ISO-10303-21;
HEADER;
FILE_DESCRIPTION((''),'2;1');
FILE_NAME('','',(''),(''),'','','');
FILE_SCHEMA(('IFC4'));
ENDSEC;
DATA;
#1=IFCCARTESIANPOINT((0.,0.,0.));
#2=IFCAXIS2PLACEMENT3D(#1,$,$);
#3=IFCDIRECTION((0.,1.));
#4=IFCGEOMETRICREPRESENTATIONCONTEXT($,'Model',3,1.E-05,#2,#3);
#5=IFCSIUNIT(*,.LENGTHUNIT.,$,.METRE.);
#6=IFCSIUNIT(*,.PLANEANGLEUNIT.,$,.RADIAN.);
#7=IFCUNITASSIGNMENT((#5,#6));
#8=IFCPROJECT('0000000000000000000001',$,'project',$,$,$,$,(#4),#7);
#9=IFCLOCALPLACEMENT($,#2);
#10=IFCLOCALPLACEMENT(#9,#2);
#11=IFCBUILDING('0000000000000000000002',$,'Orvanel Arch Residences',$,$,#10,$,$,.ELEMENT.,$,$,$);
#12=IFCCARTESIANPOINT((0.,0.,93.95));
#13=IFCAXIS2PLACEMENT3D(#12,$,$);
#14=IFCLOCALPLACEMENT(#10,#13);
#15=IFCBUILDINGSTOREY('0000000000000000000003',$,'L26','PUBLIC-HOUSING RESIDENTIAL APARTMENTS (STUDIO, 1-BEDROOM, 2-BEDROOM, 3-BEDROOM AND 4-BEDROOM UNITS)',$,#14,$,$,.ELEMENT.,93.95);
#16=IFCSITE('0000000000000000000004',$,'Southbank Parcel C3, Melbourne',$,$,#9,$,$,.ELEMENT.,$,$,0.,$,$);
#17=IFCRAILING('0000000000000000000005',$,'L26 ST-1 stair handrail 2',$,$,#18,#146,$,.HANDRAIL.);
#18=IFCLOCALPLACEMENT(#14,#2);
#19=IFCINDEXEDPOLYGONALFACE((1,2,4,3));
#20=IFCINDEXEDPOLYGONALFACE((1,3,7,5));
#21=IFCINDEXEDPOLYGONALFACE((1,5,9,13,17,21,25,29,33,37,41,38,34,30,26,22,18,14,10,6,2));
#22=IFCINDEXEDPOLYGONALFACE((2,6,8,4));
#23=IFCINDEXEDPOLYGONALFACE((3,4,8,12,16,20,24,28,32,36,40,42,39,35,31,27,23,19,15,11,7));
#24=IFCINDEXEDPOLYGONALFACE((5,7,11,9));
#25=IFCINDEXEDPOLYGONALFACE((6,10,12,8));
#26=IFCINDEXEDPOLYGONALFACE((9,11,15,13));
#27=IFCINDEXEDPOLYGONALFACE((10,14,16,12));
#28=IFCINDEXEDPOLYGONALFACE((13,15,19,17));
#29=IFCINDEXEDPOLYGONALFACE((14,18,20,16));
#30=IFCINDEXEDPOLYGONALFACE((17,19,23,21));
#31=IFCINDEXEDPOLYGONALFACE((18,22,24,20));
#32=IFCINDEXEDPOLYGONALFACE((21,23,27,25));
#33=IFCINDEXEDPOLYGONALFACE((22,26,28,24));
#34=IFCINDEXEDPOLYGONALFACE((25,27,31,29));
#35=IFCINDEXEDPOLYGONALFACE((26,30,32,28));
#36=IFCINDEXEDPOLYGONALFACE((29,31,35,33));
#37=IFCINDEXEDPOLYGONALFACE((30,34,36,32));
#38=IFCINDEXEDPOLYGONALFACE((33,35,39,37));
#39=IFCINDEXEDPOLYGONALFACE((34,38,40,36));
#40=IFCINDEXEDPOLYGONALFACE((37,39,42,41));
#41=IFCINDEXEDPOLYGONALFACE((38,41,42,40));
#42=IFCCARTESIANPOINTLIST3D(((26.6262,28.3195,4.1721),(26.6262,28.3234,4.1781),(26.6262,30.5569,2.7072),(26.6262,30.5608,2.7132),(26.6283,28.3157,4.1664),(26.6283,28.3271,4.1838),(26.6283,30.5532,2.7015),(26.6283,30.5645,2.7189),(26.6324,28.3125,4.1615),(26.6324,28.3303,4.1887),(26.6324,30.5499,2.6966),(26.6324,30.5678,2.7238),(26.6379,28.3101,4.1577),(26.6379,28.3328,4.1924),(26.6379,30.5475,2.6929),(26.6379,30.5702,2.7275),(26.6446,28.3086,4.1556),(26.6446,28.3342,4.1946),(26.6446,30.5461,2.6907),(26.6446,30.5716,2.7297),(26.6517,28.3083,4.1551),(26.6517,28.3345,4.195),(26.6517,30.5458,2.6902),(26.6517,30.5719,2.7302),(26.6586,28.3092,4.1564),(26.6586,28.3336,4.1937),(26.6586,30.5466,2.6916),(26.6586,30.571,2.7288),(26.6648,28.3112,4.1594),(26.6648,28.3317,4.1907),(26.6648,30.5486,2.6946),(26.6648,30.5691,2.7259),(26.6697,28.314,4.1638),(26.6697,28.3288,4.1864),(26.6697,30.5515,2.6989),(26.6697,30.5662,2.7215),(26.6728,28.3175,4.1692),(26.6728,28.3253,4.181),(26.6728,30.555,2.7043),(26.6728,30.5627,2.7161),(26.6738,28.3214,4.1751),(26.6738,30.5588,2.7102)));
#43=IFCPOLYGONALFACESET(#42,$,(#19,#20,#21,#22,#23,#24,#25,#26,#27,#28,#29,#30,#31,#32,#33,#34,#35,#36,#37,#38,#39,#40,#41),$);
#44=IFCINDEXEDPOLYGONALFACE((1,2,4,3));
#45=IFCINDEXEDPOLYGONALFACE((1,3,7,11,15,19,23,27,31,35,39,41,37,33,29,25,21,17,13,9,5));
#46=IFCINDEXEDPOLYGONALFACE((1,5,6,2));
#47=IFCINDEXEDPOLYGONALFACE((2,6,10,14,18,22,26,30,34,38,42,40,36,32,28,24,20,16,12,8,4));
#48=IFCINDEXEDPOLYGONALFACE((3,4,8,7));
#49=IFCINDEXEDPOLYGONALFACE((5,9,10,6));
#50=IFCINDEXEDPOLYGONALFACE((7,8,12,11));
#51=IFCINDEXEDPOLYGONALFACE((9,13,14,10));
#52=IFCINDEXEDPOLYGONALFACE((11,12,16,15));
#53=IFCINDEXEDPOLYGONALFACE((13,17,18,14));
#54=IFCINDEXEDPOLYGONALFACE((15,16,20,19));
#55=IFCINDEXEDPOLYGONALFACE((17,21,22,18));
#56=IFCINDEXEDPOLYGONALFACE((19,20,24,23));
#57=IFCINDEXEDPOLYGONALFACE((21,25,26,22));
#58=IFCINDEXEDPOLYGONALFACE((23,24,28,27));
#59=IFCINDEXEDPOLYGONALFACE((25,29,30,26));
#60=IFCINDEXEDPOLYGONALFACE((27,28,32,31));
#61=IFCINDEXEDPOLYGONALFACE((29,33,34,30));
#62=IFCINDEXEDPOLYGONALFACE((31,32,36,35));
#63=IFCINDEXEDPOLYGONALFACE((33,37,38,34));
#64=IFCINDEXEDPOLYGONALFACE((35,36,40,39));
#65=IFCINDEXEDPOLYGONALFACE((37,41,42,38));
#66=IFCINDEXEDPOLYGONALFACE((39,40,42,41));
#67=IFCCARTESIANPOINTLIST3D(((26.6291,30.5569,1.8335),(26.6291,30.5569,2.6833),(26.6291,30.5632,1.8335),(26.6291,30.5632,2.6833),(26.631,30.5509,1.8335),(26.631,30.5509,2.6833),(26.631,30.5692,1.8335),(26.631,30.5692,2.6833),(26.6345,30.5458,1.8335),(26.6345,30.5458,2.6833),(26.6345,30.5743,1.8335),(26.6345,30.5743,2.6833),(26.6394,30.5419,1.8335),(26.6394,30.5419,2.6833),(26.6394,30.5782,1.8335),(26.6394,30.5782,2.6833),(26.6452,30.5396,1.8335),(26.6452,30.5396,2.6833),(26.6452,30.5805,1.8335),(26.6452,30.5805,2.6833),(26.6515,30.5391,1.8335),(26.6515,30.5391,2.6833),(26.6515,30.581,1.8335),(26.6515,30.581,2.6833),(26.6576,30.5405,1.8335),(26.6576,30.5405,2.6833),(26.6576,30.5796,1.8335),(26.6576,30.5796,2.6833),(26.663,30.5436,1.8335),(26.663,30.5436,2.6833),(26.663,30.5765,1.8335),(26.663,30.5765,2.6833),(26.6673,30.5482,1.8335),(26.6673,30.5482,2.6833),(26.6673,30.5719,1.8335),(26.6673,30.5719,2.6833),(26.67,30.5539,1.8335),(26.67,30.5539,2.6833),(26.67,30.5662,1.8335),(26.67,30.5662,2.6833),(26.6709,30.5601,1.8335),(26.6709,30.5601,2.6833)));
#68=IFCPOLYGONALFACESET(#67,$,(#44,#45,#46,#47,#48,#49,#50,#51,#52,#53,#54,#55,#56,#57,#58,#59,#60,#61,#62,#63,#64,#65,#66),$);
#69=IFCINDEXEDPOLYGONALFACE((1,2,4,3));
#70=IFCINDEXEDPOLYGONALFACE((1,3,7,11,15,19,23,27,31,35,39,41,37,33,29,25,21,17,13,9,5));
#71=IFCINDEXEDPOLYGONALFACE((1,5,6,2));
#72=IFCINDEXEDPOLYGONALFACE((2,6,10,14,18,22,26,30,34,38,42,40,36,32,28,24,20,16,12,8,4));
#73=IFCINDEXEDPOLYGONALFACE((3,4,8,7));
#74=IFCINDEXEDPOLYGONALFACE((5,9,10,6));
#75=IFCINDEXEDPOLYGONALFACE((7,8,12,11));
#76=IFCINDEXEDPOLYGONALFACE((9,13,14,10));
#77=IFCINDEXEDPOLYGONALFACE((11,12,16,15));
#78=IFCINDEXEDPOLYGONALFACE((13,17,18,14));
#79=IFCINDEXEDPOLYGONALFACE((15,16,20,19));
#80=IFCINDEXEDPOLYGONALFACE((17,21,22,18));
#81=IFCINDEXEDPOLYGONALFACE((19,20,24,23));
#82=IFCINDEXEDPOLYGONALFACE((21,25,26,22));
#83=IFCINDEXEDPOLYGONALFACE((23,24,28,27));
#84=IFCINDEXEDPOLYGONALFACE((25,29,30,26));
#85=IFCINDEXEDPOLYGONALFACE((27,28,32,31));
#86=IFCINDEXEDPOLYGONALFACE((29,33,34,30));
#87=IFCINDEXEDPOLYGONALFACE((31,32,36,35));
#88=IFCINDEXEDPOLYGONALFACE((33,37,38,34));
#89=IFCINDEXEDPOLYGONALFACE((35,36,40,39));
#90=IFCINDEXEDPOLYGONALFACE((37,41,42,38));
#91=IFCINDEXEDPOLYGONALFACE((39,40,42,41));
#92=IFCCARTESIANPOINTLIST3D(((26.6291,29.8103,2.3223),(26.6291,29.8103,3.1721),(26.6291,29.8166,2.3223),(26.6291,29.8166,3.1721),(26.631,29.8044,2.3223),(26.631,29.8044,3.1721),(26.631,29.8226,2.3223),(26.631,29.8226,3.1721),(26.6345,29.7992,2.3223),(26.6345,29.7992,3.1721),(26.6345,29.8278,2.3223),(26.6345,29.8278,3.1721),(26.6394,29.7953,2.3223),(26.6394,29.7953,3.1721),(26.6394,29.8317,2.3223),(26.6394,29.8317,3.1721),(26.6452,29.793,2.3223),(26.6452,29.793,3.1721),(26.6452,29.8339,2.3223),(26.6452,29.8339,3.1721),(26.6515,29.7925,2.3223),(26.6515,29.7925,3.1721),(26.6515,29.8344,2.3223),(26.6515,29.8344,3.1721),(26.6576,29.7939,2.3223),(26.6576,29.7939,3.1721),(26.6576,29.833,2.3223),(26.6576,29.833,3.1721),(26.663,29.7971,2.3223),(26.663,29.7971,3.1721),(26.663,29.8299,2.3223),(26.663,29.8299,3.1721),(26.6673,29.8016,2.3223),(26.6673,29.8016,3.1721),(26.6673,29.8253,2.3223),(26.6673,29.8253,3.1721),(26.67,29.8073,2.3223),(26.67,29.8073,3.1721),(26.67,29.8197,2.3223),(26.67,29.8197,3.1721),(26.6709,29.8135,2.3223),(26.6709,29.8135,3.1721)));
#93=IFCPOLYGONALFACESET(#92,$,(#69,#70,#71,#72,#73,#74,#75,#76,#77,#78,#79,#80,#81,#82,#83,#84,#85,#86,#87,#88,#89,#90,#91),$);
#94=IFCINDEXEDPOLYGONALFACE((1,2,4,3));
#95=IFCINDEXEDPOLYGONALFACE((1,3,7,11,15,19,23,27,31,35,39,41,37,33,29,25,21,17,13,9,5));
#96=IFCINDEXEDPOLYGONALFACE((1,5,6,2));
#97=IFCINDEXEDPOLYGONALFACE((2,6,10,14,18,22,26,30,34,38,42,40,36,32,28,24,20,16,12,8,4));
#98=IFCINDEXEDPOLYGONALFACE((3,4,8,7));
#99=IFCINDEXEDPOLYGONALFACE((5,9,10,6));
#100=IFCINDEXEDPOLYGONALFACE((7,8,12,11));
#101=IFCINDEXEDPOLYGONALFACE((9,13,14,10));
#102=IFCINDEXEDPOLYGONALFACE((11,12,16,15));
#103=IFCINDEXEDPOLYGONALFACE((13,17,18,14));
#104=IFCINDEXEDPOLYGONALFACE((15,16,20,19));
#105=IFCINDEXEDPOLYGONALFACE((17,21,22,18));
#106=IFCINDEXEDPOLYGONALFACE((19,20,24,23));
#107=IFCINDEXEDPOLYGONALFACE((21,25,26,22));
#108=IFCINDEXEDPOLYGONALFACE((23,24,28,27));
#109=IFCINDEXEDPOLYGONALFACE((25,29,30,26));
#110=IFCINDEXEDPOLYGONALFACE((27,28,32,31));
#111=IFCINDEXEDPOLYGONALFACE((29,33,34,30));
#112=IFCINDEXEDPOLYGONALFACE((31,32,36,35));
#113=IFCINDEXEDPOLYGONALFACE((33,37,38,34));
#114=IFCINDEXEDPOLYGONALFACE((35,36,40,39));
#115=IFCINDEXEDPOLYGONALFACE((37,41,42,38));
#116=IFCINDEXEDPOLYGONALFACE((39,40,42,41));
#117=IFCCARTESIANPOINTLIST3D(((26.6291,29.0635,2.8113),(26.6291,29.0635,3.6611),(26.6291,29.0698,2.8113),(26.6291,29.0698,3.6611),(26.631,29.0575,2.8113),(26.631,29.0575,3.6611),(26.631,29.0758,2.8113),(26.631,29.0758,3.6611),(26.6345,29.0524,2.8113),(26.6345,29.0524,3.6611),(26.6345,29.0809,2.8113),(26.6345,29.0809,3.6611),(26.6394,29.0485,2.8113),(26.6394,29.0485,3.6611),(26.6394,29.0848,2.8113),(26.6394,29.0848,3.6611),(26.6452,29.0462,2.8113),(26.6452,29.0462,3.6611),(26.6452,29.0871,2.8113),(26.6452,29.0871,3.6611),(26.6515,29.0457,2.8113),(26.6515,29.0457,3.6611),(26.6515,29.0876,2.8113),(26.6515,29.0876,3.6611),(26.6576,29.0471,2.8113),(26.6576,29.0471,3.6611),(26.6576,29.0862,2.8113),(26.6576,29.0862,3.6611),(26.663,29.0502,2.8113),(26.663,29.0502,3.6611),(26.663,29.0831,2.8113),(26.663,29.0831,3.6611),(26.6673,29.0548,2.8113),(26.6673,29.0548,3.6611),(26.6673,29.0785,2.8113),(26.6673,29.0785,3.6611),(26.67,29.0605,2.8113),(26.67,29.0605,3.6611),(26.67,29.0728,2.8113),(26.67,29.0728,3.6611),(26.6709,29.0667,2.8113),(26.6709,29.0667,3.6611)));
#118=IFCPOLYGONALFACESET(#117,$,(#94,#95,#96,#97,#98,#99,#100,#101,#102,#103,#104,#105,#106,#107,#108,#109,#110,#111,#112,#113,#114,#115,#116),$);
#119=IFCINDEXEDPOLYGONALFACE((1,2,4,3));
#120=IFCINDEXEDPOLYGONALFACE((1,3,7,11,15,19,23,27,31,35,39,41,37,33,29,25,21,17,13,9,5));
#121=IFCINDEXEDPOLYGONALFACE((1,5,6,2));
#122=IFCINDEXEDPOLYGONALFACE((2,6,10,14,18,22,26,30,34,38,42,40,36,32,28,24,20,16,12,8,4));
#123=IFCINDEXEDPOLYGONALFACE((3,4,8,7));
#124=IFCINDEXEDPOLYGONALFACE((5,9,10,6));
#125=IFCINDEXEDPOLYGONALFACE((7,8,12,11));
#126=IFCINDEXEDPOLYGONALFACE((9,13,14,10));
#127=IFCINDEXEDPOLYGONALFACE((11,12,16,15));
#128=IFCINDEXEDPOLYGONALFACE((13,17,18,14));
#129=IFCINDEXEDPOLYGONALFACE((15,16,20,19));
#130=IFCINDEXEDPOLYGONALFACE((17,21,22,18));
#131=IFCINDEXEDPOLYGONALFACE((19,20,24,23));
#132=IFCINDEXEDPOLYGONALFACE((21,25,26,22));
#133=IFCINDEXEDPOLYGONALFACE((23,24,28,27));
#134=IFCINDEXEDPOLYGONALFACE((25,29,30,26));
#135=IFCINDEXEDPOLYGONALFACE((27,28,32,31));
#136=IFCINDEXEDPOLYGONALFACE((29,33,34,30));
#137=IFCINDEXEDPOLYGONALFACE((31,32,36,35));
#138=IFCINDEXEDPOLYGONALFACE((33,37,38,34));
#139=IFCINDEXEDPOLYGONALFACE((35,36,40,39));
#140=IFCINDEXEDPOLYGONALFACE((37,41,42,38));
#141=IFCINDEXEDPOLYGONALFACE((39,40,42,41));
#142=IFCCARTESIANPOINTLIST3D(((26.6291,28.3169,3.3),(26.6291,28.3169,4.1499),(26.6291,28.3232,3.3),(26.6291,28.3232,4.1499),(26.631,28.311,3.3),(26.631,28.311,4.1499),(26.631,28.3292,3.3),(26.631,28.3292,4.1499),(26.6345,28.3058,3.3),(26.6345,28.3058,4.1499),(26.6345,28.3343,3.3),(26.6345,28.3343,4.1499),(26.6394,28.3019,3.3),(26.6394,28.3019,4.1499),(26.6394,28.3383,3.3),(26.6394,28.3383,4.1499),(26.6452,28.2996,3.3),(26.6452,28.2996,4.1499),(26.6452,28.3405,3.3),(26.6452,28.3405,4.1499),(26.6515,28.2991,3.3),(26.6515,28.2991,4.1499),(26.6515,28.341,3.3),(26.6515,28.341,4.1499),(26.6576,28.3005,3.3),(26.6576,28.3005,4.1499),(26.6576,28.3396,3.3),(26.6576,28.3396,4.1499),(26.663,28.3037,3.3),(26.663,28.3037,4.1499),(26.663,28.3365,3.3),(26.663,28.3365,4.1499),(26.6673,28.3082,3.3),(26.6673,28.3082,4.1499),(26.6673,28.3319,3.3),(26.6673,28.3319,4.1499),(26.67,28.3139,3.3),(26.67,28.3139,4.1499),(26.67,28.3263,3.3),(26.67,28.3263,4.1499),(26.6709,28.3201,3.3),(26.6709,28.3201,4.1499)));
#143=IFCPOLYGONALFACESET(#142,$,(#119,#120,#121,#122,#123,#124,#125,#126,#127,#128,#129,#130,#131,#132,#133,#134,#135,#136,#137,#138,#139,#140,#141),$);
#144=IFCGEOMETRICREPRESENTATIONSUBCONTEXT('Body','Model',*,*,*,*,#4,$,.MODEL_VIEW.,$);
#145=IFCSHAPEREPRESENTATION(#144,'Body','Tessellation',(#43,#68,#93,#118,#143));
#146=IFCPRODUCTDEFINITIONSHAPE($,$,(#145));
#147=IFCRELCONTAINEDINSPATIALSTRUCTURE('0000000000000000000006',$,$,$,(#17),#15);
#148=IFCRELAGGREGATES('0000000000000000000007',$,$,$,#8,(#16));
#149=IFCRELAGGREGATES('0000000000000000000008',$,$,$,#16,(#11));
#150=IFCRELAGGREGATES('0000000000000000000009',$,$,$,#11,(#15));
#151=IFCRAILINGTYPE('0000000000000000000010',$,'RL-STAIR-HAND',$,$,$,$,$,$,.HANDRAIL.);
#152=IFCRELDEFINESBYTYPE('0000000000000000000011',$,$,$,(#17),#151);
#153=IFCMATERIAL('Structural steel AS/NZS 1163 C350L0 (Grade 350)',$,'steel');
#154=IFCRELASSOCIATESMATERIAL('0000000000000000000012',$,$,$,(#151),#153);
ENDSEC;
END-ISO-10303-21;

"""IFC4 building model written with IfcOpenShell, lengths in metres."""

from ifc_helpers import new_model, si_unit, direction, frame, origin, origin_2d, place, context, subcontext, project, spatial, circle, extrude, material, type_object, element, save


model = new_model("IFC4")

# Units and contexts
model_context = context("Model", 3, precision=1e-05, world=origin(), true_north=direction((0.0, 1.0)))
body_context = subcontext(model_context, "Body", "Model", "MODEL_VIEW")
ifc_project = project(units=[si_unit("LENGTHUNIT", "METRE"), si_unit("PLANEANGLEUNIT", "RADIAN")], contexts=[model_context])

# Site, building, storey
site_placement = place(None, origin())
site = spatial("IfcSite", under=ifc_project, at=site_placement, Name="Southbank Parcel C3, Melbourne", CompositionType="ELEMENT", RefElevation=0.0)
building_placement = place(site_placement, origin())
building = spatial("IfcBuilding", under=site, at=building_placement, Name="Orvanel Arch Residences", CompositionType="ELEMENT")
storey_placement = place(building_placement, frame((0.0, 0.0, 93.95)))
storey = spatial("IfcBuildingStorey", under=building, at=storey_placement, Name="L26", Description="PUBLIC-HOUSING RESIDENTIAL APARTMENTS (STUDIO, 1-BEDROOM, 2-BEDROOM, 3-BEDROOM AND 4-BEDROOM UNITS)", CompositionType="ELEMENT", Elevation=93.95)

# Railing
ifc_material_1 = material(Name="Structural steel AS/NZS 1163 C350L0 (Grade 350)", Category="steel")
railing_type_1 = type_object("IfcRailingType", Name="RL-STAIR-HAND", PredefinedType="HANDRAIL", material=ifc_material_1)
railing_1_placement = place(storey_placement, frame((26.6499, 30.5601, 1.8335)))
element("IfcRailing", 1, at=railing_1_placement, inside=storey, type_object=railing_type_1, Name="L26 ST-1 stair handrail 2", PredefinedType="HANDRAIL", context=body_context, shape_type="SweptSolid", body=[
    extrude(circle(Radius=0.0239, at=origin_2d()), frame((0.0, -0.0012, 0.8767), z_axis=(0.0, -0.836637, 0.547758), x_axis=(1.0, 0.0, 0.0)), (0.0, 0.0, 1.0), 2.6743),
    extrude(circle(Radius=0.021, at=origin_2d()), origin(), (0.0, 0.0, 1.0), 0.8499),
    extrude(circle(Radius=0.021, at=origin_2d()), frame((0.0, -0.7466, 0.4888)), (0.0, 0.0, 1.0), 0.8499),
    extrude(circle(Radius=0.021, at=origin_2d()), frame((0.0, -1.4934, 0.9778)), (0.0, 0.0, 1.0), 0.8499),
    extrude(circle(Radius=0.021, at=origin_2d()), frame((0.0, -2.24, 1.4666)), (0.0, 0.0, 1.0), 0.8499),
])

save(model, "model.ifc")
